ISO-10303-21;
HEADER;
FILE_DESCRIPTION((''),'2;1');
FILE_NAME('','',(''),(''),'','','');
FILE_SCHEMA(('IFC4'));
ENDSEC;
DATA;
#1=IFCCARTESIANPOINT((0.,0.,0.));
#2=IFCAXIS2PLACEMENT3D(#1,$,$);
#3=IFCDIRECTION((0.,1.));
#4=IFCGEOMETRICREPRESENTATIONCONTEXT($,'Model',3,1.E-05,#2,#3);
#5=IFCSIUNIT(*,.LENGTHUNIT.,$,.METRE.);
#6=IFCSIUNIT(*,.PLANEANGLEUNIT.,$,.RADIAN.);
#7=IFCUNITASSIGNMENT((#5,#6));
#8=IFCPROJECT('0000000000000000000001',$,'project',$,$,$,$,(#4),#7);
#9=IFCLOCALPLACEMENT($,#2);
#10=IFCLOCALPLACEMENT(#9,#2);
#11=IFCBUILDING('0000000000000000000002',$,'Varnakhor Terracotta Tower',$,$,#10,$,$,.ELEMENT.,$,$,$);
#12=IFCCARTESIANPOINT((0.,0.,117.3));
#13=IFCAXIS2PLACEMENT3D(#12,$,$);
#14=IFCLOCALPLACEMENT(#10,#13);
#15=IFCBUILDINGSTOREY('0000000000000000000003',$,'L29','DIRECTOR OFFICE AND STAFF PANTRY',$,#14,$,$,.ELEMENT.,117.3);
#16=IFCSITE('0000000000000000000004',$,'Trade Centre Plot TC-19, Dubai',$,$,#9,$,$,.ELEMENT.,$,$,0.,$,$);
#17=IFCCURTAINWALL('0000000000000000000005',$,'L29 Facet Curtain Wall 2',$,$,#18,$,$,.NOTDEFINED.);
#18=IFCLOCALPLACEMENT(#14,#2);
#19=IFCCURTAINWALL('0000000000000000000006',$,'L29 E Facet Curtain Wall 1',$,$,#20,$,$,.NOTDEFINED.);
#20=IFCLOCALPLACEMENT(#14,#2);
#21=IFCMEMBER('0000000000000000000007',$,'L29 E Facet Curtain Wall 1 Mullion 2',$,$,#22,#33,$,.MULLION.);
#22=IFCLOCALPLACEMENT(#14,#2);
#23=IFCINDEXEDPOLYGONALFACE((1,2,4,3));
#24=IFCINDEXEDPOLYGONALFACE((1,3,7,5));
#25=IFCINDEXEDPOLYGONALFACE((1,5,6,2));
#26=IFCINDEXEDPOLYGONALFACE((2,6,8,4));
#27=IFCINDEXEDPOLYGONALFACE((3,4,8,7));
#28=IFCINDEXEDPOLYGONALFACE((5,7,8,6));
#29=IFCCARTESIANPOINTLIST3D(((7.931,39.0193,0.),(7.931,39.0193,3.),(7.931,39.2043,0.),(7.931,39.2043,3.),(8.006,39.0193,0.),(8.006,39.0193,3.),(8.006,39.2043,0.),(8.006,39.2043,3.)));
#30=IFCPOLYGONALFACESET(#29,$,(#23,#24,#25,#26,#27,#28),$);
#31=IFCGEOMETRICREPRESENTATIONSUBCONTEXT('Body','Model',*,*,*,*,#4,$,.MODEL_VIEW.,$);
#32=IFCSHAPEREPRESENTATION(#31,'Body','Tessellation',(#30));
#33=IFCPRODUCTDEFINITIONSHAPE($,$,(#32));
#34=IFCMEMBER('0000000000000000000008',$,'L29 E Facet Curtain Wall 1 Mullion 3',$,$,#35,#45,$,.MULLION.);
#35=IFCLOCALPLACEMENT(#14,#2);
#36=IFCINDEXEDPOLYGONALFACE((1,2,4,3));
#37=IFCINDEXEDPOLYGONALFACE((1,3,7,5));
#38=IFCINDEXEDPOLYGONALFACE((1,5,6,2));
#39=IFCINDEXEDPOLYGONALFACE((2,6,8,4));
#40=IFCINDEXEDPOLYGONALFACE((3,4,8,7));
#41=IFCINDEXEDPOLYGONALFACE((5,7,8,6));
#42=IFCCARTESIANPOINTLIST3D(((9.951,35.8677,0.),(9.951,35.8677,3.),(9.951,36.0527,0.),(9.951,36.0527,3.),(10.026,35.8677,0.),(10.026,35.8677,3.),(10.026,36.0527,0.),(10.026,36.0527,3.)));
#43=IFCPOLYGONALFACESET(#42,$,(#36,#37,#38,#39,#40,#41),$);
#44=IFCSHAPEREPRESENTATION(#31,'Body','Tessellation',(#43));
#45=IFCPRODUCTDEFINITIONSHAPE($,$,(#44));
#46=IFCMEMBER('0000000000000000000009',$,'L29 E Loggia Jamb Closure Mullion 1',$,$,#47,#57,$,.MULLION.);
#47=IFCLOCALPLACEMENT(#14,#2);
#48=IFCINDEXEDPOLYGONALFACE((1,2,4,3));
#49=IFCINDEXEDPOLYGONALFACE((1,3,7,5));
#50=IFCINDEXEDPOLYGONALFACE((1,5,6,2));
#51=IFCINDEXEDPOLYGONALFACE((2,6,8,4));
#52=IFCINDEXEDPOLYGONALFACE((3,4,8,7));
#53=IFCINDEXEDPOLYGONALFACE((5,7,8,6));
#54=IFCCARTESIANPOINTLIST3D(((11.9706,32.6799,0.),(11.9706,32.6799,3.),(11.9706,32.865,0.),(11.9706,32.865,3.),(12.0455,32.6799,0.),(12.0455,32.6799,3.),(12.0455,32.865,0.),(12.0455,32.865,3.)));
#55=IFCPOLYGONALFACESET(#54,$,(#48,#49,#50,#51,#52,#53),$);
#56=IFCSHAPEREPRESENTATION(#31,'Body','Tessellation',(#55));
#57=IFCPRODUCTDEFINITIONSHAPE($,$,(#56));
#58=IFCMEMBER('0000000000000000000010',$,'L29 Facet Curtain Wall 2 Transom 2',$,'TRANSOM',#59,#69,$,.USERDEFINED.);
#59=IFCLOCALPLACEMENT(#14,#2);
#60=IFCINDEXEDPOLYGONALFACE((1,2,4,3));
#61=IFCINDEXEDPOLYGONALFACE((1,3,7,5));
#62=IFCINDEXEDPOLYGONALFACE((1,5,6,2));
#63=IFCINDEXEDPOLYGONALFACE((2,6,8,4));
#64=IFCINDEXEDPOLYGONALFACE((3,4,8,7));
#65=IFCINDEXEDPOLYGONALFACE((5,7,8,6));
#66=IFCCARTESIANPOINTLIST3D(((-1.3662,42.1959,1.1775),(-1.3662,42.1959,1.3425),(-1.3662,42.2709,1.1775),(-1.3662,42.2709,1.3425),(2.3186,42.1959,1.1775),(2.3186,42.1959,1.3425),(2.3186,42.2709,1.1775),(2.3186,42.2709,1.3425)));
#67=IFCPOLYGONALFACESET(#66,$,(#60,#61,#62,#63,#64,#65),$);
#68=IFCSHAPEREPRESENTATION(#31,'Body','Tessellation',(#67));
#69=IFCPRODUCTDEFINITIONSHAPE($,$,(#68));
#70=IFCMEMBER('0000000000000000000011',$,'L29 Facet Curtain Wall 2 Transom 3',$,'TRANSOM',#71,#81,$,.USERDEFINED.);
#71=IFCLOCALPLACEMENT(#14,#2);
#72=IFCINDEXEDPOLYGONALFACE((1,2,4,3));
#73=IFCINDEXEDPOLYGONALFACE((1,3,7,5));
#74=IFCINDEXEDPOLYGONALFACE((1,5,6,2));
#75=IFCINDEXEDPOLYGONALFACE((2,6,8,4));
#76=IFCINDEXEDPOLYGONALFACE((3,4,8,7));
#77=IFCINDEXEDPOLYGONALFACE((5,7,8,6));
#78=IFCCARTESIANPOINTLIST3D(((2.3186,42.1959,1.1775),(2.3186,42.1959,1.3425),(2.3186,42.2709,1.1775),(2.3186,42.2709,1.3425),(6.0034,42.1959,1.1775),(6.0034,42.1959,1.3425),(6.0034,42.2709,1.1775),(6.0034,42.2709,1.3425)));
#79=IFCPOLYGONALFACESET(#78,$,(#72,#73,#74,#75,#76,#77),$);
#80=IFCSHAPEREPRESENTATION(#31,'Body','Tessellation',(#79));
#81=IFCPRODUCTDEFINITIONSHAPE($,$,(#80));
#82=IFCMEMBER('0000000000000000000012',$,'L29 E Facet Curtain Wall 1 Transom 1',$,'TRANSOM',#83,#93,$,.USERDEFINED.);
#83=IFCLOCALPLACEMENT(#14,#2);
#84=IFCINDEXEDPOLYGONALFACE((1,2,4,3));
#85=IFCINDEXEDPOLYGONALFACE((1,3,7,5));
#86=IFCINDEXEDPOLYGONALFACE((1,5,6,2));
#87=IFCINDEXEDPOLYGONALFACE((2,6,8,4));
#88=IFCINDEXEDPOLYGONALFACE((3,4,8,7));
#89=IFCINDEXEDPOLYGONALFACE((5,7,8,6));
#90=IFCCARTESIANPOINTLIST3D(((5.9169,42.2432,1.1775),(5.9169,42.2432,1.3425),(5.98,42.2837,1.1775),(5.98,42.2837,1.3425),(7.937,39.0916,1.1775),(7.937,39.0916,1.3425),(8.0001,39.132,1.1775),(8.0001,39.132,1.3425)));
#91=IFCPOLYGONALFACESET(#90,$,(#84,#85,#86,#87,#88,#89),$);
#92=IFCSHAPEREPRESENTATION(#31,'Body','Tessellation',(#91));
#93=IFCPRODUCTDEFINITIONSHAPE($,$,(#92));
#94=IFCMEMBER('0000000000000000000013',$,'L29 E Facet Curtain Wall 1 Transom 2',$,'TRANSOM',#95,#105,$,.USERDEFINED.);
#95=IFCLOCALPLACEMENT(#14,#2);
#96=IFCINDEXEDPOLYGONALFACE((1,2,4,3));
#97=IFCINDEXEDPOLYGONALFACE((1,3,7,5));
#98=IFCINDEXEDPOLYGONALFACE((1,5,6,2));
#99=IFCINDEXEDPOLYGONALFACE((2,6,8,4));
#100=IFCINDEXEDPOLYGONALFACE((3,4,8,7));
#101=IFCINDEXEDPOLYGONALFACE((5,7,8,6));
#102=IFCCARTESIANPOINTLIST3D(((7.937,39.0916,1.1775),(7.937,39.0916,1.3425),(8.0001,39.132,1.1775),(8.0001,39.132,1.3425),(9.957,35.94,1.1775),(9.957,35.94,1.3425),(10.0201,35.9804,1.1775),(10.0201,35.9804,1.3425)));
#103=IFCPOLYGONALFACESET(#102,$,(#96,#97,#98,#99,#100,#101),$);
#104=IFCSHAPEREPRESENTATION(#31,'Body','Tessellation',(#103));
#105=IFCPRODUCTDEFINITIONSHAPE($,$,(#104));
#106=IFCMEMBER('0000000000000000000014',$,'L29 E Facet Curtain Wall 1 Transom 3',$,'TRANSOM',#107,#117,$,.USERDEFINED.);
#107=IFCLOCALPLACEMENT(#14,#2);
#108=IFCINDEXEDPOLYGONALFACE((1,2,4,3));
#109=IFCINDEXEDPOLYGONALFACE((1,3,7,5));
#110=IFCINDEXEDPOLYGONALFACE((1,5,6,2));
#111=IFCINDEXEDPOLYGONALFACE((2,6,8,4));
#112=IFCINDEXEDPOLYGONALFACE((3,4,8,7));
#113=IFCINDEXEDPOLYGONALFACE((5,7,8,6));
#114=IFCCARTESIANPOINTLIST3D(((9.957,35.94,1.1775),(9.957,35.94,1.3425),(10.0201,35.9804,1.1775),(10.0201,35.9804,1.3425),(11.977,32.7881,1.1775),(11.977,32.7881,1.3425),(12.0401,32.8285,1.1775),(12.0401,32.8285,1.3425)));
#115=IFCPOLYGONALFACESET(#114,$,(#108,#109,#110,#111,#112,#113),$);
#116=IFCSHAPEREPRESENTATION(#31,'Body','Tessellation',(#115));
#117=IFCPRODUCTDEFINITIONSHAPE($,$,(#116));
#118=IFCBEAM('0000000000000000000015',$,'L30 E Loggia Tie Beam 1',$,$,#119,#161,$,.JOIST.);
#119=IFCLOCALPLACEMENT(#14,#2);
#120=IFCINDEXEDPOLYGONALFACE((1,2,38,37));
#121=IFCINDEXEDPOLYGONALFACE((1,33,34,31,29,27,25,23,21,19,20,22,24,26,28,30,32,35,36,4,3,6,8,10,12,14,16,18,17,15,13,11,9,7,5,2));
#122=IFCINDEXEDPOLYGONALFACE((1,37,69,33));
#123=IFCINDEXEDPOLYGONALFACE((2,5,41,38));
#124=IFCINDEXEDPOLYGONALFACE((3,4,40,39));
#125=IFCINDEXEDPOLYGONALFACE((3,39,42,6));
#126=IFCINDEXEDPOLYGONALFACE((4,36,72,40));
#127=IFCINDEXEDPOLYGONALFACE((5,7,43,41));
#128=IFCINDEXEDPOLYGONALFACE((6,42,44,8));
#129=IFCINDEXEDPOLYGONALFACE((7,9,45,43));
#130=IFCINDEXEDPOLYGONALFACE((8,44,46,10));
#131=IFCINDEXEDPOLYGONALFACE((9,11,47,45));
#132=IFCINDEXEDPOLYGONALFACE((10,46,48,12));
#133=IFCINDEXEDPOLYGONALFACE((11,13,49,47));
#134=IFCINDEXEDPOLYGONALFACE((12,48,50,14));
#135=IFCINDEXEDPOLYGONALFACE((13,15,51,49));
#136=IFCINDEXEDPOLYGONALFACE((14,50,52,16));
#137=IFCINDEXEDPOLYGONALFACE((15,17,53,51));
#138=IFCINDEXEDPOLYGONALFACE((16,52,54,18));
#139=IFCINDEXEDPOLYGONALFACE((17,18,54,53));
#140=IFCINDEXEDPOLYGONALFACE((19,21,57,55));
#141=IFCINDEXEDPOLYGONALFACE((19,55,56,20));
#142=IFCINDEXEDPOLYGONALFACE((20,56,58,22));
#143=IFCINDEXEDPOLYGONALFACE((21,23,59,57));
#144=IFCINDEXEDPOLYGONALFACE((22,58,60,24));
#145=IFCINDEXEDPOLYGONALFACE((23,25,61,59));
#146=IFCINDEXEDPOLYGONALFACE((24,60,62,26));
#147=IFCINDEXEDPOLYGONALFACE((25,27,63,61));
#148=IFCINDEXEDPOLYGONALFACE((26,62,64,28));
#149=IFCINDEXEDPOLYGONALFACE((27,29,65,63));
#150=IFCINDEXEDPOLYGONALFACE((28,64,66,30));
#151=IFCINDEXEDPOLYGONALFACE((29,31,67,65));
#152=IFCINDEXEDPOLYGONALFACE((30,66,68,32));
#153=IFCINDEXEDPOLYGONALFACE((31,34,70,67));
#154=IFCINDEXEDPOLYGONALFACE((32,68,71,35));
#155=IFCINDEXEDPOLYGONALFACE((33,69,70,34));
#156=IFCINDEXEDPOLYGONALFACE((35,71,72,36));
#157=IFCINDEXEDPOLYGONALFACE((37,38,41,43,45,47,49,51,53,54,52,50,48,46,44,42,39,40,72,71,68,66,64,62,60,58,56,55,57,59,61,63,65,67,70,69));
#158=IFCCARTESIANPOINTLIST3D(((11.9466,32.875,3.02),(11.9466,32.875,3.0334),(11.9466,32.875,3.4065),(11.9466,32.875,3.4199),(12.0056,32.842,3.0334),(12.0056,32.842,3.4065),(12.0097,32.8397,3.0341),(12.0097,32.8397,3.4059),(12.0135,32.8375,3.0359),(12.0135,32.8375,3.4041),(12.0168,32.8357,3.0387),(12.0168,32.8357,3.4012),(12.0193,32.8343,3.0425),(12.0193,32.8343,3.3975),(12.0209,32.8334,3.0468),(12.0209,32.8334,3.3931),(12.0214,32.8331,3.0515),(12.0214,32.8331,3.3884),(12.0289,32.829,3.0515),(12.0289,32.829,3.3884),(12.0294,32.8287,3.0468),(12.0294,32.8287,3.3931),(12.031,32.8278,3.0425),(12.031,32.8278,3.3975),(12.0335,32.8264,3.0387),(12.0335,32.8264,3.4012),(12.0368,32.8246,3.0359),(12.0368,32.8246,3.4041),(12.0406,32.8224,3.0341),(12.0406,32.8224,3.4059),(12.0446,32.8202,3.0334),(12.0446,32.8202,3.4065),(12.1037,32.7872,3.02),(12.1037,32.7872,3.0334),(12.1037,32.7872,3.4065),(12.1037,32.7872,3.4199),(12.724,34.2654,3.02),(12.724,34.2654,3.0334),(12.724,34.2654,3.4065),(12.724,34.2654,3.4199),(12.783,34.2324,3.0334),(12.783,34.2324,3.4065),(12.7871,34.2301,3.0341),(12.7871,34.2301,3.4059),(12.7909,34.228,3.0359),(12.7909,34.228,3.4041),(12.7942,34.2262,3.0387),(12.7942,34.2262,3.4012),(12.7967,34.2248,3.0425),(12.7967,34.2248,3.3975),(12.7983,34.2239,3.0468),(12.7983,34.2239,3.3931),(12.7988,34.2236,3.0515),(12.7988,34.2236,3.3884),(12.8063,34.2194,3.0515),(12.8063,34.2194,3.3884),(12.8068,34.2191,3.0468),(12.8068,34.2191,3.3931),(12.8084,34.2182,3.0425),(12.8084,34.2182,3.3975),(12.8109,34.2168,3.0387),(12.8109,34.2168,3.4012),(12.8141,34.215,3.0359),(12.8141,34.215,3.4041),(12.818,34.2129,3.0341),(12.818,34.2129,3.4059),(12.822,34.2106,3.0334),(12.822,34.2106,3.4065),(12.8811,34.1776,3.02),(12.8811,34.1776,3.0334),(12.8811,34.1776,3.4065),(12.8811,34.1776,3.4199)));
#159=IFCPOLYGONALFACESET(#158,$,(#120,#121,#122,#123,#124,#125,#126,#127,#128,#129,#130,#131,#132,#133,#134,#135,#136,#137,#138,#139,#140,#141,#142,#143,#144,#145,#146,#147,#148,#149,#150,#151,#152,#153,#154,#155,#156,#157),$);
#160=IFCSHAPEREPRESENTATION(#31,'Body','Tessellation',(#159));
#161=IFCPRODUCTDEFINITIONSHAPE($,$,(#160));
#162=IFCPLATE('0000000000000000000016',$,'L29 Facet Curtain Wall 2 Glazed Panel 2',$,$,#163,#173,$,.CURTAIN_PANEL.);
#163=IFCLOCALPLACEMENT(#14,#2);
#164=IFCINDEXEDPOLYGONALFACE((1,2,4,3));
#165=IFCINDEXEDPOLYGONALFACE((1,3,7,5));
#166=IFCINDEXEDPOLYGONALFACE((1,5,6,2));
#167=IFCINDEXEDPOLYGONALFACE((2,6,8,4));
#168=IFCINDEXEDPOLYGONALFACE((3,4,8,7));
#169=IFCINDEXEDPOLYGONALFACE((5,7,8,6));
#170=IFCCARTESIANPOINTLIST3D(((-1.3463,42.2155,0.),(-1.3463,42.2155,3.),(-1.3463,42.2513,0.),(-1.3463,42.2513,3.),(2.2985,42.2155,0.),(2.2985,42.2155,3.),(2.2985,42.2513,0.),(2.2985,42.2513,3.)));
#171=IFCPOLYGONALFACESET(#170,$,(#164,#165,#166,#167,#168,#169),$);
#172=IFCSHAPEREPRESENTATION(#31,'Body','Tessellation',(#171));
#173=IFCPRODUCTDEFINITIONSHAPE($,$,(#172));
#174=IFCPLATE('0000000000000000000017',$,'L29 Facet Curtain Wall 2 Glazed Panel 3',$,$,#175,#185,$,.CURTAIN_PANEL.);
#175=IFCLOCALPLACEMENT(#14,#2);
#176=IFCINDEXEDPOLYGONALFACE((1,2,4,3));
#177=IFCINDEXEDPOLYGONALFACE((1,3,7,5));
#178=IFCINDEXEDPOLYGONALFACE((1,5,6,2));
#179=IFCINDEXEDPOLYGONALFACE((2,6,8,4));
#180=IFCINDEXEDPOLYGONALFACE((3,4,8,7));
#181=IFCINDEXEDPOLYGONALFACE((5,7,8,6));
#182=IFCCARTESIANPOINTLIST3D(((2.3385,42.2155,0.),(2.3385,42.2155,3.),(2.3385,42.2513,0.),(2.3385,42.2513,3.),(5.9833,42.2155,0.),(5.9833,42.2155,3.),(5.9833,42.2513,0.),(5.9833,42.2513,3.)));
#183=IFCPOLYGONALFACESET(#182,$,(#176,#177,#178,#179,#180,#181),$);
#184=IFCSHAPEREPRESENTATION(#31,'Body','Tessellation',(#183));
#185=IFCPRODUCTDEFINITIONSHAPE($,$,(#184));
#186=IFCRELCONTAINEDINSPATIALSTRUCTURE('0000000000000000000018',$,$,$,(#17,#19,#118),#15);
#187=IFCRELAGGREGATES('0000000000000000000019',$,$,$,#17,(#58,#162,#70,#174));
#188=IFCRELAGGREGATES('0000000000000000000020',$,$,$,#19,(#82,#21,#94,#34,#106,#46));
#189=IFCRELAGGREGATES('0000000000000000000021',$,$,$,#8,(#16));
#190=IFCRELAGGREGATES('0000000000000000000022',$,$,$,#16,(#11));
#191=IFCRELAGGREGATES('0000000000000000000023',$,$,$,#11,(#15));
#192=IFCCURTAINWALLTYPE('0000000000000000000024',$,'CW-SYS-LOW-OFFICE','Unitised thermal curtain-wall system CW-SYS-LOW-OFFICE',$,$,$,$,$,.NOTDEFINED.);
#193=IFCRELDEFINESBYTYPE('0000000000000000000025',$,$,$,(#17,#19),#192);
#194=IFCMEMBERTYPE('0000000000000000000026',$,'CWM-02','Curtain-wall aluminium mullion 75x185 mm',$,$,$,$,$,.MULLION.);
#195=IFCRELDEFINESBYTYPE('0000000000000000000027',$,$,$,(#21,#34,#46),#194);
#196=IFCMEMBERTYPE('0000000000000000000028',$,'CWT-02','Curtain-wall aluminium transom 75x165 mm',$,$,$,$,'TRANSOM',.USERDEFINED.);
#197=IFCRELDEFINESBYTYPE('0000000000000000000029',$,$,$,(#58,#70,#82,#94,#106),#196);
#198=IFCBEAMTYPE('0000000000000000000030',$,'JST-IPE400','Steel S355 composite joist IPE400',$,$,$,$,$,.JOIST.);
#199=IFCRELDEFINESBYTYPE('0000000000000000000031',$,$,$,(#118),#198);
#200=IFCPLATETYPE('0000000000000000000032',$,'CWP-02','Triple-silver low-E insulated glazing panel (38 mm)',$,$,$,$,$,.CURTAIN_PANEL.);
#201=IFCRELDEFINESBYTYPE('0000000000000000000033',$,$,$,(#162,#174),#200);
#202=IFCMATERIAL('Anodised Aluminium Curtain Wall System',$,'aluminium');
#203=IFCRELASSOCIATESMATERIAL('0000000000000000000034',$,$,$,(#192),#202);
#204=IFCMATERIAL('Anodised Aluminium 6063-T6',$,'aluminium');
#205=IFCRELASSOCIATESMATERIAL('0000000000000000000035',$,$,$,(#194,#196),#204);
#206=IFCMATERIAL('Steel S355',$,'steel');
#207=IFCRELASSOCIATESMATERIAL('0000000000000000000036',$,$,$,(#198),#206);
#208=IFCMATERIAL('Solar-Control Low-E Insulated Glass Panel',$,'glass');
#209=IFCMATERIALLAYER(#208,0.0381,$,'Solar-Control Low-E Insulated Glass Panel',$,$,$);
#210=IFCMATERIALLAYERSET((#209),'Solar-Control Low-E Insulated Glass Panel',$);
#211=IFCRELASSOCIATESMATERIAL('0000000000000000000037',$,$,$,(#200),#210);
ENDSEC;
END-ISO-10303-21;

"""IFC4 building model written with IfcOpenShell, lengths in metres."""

from ifc_helpers import new_model, si_unit, direction, frame, origin, origin_2d, place, context, subcontext, project, spatial, rectangle, i_section, extrude, source, transform, mapped, material, layer, layer_set, material_profile, profile_set, type_object, element, aggregate, save


model = new_model("IFC4")

# Units and contexts
model_context = context("Model", 3, precision=1e-05, world=origin(), true_north=direction((0.0, 1.0)))
body_context = subcontext(model_context, "Body", "Model", "MODEL_VIEW")
ifc_project = project(units=[si_unit("LENGTHUNIT", "METRE"), si_unit("PLANEANGLEUNIT", "RADIAN")], contexts=[model_context])

# Site, building, storey
site_placement = place(None, origin())
site = spatial("IfcSite", under=ifc_project, at=site_placement, Name="Trade Centre Plot TC-19, Dubai", CompositionType="ELEMENT", RefElevation=0.0)
building_placement = place(site_placement, origin())
building = spatial("IfcBuilding", under=site, at=building_placement, Name="Varnakhor Terracotta Tower", CompositionType="ELEMENT")
storey_placement = place(building_placement, frame((0.0, 0.0, 117.3)))
storey = spatial("IfcBuildingStorey", under=building, at=storey_placement, Name="L29", Description="DIRECTOR OFFICE AND STAFF PANTRY", CompositionType="ELEMENT", Elevation=117.3)

# Shared definitions
ifc_material_1 = material(Name="Steel S355", Category="steel")

# Curtain walls, members
ifc_material_2 = material(Name="Anodised Aluminium Curtain Wall System", Category="aluminium")
curtain_wall_type = type_object("IfcCurtainWallType", Name="CW-SYS-LOW-OFFICE", Description="Unitised thermal curtain-wall system CW-SYS-LOW-OFFICE", PredefinedType="NOTDEFINED", material=ifc_material_2)
curtain_wall_1_placement = place(storey_placement, origin())
curtain_wall_1 = element("IfcCurtainWall", 1, at=curtain_wall_1_placement, inside=storey, type_object=curtain_wall_type, Name="L29 Facet Curtain Wall 2", PredefinedType="NOTDEFINED")
ifc_material_3 = material(Name="Anodised Aluminium 6063-T6", Category="aluminium")
ifc_material_profile_1 = material_profile(ifc_material_3, rectangle(XDim=0.075, YDim=0.1851, at=origin_2d()), Name="ALU MULLION 75x185")
ifc_profile_set_1 = profile_set([ifc_material_profile_1], Name="Anodised Aluminium 6063-T6")
member_type_1 = type_object("IfcMemberType", Name="CWM-02", Description="Curtain-wall aluminium mullion 75x185 mm", PredefinedType="MULLION", material=ifc_profile_set_1)
shared_shape_1 = source(origin(), body_context, "Body", "SweptSolid", [
    extrude(rectangle(XDim=0.075, YDim=0.1851, at=origin_2d()), origin(), (0.0, 0.0, 1.0), 3.0),
])
curtain_wall_2_placement = place(storey_placement, origin())
curtain_wall_2 = element("IfcCurtainWall", 2, at=curtain_wall_2_placement, inside=storey, type_object=curtain_wall_type, Name="L29 E Facet Curtain Wall 1", PredefinedType="NOTDEFINED")
member_1_placement = place(storey_placement, frame((7.9685, 39.1118, 0.0), z_axis=(0.0, 0.0, 1.0), x_axis=(1.0, 0.0, 0.0)))
member_1 = element("IfcMember", 3, at=member_1_placement, type_object=member_type_1, Name="L29 E Facet Curtain Wall 1 Mullion 2", PredefinedType="MULLION", context=body_context, shape_type="MappedRepresentation", body=[
    mapped(shared_shape_1, transform((0.0, 0.0, 0.0), scale=1.0)),
])
member_2_placement = place(storey_placement, frame((9.9885, 35.9602, 0.0), z_axis=(0.0, 0.0, 1.0), x_axis=(1.0, 0.0, 0.0)))
member_2 = element("IfcMember", 4, at=member_2_placement, type_object=member_type_1, Name="L29 E Facet Curtain Wall 1 Mullion 3", PredefinedType="MULLION", context=body_context, shape_type="MappedRepresentation", body=[
    mapped(shared_shape_1, transform((0.0, 0.0, 0.0), scale=1.0)),
])
member_3_placement = place(storey_placement, frame((12.0081, 32.7725, 0.0), z_axis=(0.0, 0.0, 1.0), x_axis=(1.0, 0.0, 0.0)))
member_3 = element("IfcMember", 5, at=member_3_placement, type_object=member_type_1, Name="L29 E Loggia Jamb Closure Mullion 1", PredefinedType="MULLION", context=body_context, shape_type="MappedRepresentation", body=[
    mapped(shared_shape_1, transform((0.0, 0.0, 0.0), scale=1.0)),
])

# Members
ifc_material_profile_2 = material_profile(ifc_material_3, rectangle(XDim=0.075, YDim=0.165, at=origin_2d()), Name="ALU TRANSOM 75x165")
ifc_profile_set_2 = profile_set([ifc_material_profile_2], Name="Anodised Aluminium 6063-T6")
member_type_2 = type_object("IfcMemberType", Name="CWT-02", Description="Curtain-wall aluminium transom 75x165 mm", ElementType="TRANSOM", PredefinedType="USERDEFINED", material=ifc_profile_set_2)
shared_shape_2 = source(origin(), body_context, "Body", "SweptSolid", [
    extrude(rectangle(XDim=0.075, YDim=0.165, at=origin_2d()), origin(), (0.0, 0.0, 1.0), 3.6848),
])
member_4_placement = place(storey_placement, frame((-1.3662, 42.2334, 1.26), z_axis=(1.0, 0.0, 0.0), x_axis=(0.0, 1.0, 0.0)))
member_4 = element("IfcMember", 6, at=member_4_placement, type_object=member_type_2, Name="L29 Facet Curtain Wall 2 Transom 2", ObjectType="TRANSOM", PredefinedType="USERDEFINED", context=body_context, shape_type="MappedRepresentation", body=[
    mapped(shared_shape_2, transform((0.0, 0.0, 0.0), scale=1.0)),
])
member_5_placement = place(storey_placement, frame((2.3186, 42.2334, 1.26), z_axis=(1.0, 0.0, 0.0), x_axis=(0.0, 1.0, 0.0)))
member_5 = element("IfcMember", 7, at=member_5_placement, type_object=member_type_2, Name="L29 Facet Curtain Wall 2 Transom 3", ObjectType="TRANSOM", PredefinedType="USERDEFINED", context=body_context, shape_type="MappedRepresentation", body=[
    mapped(shared_shape_2, transform((0.0, 0.0, 0.0), scale=1.0)),
])
shared_shape_3 = source(origin(), body_context, "Body", "SweptSolid", [
    extrude(rectangle(XDim=0.075, YDim=0.165, at=origin_2d()), origin(), (0.0, 0.0, 1.0), 3.7434),
])
member_6_placement = place(storey_placement, frame((5.9485, 42.2634, 1.26), z_axis=(0.53962, -0.841909, 0.0), x_axis=(0.841909, 0.53962, 0.0)))
member_6 = element("IfcMember", 8, at=member_6_placement, type_object=member_type_2, Name="L29 E Facet Curtain Wall 1 Transom 1", ObjectType="TRANSOM", PredefinedType="USERDEFINED", context=body_context, shape_type="MappedRepresentation", body=[
    mapped(shared_shape_3, transform((0.0, 0.0, 0.0), scale=1.0)),
])
member_7_placement = place(storey_placement, frame((7.9685, 39.1118, 1.26), z_axis=(0.53962, -0.841909, 0.0), x_axis=(0.841909, 0.53962, 0.0)))
member_7 = element("IfcMember", 9, at=member_7_placement, type_object=member_type_2, Name="L29 E Facet Curtain Wall 1 Transom 2", ObjectType="TRANSOM", PredefinedType="USERDEFINED", context=body_context, shape_type="MappedRepresentation", body=[
    mapped(shared_shape_3, transform((0.0, 0.0, 0.0), scale=1.0)),
])
shared_shape_4 = source(origin(), body_context, "Body", "SweptSolid", [
    extrude(rectangle(XDim=0.075, YDim=0.165, at=origin_2d()), origin(), (0.0, 0.0, 1.0), 3.7437),
])
member_8_placement = place(storey_placement, frame((9.9885, 35.9602, 1.26), z_axis=(0.53959, -0.841928, 0.0), x_axis=(0.841928, 0.53959, 0.0)))
member_8 = element("IfcMember", 10, at=member_8_placement, type_object=member_type_2, Name="L29 E Facet Curtain Wall 1 Transom 3", ObjectType="TRANSOM", PredefinedType="USERDEFINED", context=body_context, shape_type="MappedRepresentation", body=[
    mapped(shared_shape_4, transform((0.0, 0.0, 0.0), scale=1.0)),
])

# Beam
ifc_material_profile_3 = material_profile(ifc_material_1, i_section(OverallWidth=0.1799, OverallDepth=0.3999, WebThickness=0.0085, FlangeThickness=0.0134, FilletRadius=0.0181, at=origin_2d()), Name="IPE400")
ifc_profile_set_3 = profile_set([ifc_material_profile_3], Name="Steel S355")
beam_type_1 = type_object("IfcBeamType", Name="JST-IPE400", Description="Steel S355 composite joist IPE400", PredefinedType="JOIST", material=ifc_profile_set_3)
shared_shape_5 = source(origin(), body_context, "Body", "SweptSolid", [
    extrude(i_section(OverallWidth=0.1799, OverallDepth=0.3999, WebThickness=0.0085, FlangeThickness=0.0134, FilletRadius=0.0181, at=origin_2d()), origin(), (0.0, 0.0, 1.0), 1.593),
])
beam_1_placement = place(storey_placement, frame((12.0251, 32.8311, 3.22), z_axis=(0.487997, 0.872846, 0.0), x_axis=(-0.872846, 0.487997, 0.0)))
element("IfcBeam", 11, at=beam_1_placement, inside=storey, type_object=beam_type_1, Name="L30 E Loggia Tie Beam 1", PredefinedType="JOIST", context=body_context, shape_type="MappedRepresentation", body=[
    mapped(shared_shape_5, transform((0.0, 0.0, 0.0), scale=1.0)),
])

# Plates
ifc_material_4 = material(Name="Solar-Control Low-E Insulated Glass Panel", Category="glass")
ifc_layer_1 = layer(ifc_material_4, 0.0381, Name="Solar-Control Low-E Insulated Glass Panel")
ifc_layer_set_1 = layer_set([ifc_layer_1], Name="Solar-Control Low-E Insulated Glass Panel")
plate_type = type_object("IfcPlateType", Name="CWP-02", Description="Triple-silver low-E insulated glazing panel (38 mm)", PredefinedType="CURTAIN_PANEL", material=ifc_layer_set_1)
shared_shape_6 = source(origin(), body_context, "Body", "SweptSolid", [
    extrude(rectangle(XDim=3.6448, YDim=0.0359, at=origin_2d()), origin(), (0.0, 0.0, 1.0), 3.0),
])
plate_1_placement = place(storey_placement, frame((0.4761, 42.2334, 0.0), z_axis=(0.0, 0.0, 1.0), x_axis=(1.0, 0.0, 0.0)))
plate_1 = element("IfcPlate", 12, at=plate_1_placement, type_object=plate_type, Name="L29 Facet Curtain Wall 2 Glazed Panel 2", PredefinedType="CURTAIN_PANEL", context=body_context, shape_type="MappedRepresentation", body=[
    mapped(shared_shape_6, transform((0.0, 0.0, 0.0), scale=1.0)),
])
plate_2_placement = place(storey_placement, frame((4.1609, 42.2334, 0.0), z_axis=(0.0, 0.0, 1.0), x_axis=(1.0, 0.0, 0.0)))
plate_2 = element("IfcPlate", 13, at=plate_2_placement, type_object=plate_type, Name="L29 Facet Curtain Wall 2 Glazed Panel 3", PredefinedType="CURTAIN_PANEL", context=body_context, shape_type="MappedRepresentation", body=[
    mapped(shared_shape_6, transform((0.0, 0.0, 0.0), scale=1.0)),
])
aggregate(curtain_wall_1, [member_4, plate_1, member_5, plate_2])
aggregate(curtain_wall_2, [member_6, member_1, member_7, member_2, member_8, member_3])

save(model, "model.ifc")
